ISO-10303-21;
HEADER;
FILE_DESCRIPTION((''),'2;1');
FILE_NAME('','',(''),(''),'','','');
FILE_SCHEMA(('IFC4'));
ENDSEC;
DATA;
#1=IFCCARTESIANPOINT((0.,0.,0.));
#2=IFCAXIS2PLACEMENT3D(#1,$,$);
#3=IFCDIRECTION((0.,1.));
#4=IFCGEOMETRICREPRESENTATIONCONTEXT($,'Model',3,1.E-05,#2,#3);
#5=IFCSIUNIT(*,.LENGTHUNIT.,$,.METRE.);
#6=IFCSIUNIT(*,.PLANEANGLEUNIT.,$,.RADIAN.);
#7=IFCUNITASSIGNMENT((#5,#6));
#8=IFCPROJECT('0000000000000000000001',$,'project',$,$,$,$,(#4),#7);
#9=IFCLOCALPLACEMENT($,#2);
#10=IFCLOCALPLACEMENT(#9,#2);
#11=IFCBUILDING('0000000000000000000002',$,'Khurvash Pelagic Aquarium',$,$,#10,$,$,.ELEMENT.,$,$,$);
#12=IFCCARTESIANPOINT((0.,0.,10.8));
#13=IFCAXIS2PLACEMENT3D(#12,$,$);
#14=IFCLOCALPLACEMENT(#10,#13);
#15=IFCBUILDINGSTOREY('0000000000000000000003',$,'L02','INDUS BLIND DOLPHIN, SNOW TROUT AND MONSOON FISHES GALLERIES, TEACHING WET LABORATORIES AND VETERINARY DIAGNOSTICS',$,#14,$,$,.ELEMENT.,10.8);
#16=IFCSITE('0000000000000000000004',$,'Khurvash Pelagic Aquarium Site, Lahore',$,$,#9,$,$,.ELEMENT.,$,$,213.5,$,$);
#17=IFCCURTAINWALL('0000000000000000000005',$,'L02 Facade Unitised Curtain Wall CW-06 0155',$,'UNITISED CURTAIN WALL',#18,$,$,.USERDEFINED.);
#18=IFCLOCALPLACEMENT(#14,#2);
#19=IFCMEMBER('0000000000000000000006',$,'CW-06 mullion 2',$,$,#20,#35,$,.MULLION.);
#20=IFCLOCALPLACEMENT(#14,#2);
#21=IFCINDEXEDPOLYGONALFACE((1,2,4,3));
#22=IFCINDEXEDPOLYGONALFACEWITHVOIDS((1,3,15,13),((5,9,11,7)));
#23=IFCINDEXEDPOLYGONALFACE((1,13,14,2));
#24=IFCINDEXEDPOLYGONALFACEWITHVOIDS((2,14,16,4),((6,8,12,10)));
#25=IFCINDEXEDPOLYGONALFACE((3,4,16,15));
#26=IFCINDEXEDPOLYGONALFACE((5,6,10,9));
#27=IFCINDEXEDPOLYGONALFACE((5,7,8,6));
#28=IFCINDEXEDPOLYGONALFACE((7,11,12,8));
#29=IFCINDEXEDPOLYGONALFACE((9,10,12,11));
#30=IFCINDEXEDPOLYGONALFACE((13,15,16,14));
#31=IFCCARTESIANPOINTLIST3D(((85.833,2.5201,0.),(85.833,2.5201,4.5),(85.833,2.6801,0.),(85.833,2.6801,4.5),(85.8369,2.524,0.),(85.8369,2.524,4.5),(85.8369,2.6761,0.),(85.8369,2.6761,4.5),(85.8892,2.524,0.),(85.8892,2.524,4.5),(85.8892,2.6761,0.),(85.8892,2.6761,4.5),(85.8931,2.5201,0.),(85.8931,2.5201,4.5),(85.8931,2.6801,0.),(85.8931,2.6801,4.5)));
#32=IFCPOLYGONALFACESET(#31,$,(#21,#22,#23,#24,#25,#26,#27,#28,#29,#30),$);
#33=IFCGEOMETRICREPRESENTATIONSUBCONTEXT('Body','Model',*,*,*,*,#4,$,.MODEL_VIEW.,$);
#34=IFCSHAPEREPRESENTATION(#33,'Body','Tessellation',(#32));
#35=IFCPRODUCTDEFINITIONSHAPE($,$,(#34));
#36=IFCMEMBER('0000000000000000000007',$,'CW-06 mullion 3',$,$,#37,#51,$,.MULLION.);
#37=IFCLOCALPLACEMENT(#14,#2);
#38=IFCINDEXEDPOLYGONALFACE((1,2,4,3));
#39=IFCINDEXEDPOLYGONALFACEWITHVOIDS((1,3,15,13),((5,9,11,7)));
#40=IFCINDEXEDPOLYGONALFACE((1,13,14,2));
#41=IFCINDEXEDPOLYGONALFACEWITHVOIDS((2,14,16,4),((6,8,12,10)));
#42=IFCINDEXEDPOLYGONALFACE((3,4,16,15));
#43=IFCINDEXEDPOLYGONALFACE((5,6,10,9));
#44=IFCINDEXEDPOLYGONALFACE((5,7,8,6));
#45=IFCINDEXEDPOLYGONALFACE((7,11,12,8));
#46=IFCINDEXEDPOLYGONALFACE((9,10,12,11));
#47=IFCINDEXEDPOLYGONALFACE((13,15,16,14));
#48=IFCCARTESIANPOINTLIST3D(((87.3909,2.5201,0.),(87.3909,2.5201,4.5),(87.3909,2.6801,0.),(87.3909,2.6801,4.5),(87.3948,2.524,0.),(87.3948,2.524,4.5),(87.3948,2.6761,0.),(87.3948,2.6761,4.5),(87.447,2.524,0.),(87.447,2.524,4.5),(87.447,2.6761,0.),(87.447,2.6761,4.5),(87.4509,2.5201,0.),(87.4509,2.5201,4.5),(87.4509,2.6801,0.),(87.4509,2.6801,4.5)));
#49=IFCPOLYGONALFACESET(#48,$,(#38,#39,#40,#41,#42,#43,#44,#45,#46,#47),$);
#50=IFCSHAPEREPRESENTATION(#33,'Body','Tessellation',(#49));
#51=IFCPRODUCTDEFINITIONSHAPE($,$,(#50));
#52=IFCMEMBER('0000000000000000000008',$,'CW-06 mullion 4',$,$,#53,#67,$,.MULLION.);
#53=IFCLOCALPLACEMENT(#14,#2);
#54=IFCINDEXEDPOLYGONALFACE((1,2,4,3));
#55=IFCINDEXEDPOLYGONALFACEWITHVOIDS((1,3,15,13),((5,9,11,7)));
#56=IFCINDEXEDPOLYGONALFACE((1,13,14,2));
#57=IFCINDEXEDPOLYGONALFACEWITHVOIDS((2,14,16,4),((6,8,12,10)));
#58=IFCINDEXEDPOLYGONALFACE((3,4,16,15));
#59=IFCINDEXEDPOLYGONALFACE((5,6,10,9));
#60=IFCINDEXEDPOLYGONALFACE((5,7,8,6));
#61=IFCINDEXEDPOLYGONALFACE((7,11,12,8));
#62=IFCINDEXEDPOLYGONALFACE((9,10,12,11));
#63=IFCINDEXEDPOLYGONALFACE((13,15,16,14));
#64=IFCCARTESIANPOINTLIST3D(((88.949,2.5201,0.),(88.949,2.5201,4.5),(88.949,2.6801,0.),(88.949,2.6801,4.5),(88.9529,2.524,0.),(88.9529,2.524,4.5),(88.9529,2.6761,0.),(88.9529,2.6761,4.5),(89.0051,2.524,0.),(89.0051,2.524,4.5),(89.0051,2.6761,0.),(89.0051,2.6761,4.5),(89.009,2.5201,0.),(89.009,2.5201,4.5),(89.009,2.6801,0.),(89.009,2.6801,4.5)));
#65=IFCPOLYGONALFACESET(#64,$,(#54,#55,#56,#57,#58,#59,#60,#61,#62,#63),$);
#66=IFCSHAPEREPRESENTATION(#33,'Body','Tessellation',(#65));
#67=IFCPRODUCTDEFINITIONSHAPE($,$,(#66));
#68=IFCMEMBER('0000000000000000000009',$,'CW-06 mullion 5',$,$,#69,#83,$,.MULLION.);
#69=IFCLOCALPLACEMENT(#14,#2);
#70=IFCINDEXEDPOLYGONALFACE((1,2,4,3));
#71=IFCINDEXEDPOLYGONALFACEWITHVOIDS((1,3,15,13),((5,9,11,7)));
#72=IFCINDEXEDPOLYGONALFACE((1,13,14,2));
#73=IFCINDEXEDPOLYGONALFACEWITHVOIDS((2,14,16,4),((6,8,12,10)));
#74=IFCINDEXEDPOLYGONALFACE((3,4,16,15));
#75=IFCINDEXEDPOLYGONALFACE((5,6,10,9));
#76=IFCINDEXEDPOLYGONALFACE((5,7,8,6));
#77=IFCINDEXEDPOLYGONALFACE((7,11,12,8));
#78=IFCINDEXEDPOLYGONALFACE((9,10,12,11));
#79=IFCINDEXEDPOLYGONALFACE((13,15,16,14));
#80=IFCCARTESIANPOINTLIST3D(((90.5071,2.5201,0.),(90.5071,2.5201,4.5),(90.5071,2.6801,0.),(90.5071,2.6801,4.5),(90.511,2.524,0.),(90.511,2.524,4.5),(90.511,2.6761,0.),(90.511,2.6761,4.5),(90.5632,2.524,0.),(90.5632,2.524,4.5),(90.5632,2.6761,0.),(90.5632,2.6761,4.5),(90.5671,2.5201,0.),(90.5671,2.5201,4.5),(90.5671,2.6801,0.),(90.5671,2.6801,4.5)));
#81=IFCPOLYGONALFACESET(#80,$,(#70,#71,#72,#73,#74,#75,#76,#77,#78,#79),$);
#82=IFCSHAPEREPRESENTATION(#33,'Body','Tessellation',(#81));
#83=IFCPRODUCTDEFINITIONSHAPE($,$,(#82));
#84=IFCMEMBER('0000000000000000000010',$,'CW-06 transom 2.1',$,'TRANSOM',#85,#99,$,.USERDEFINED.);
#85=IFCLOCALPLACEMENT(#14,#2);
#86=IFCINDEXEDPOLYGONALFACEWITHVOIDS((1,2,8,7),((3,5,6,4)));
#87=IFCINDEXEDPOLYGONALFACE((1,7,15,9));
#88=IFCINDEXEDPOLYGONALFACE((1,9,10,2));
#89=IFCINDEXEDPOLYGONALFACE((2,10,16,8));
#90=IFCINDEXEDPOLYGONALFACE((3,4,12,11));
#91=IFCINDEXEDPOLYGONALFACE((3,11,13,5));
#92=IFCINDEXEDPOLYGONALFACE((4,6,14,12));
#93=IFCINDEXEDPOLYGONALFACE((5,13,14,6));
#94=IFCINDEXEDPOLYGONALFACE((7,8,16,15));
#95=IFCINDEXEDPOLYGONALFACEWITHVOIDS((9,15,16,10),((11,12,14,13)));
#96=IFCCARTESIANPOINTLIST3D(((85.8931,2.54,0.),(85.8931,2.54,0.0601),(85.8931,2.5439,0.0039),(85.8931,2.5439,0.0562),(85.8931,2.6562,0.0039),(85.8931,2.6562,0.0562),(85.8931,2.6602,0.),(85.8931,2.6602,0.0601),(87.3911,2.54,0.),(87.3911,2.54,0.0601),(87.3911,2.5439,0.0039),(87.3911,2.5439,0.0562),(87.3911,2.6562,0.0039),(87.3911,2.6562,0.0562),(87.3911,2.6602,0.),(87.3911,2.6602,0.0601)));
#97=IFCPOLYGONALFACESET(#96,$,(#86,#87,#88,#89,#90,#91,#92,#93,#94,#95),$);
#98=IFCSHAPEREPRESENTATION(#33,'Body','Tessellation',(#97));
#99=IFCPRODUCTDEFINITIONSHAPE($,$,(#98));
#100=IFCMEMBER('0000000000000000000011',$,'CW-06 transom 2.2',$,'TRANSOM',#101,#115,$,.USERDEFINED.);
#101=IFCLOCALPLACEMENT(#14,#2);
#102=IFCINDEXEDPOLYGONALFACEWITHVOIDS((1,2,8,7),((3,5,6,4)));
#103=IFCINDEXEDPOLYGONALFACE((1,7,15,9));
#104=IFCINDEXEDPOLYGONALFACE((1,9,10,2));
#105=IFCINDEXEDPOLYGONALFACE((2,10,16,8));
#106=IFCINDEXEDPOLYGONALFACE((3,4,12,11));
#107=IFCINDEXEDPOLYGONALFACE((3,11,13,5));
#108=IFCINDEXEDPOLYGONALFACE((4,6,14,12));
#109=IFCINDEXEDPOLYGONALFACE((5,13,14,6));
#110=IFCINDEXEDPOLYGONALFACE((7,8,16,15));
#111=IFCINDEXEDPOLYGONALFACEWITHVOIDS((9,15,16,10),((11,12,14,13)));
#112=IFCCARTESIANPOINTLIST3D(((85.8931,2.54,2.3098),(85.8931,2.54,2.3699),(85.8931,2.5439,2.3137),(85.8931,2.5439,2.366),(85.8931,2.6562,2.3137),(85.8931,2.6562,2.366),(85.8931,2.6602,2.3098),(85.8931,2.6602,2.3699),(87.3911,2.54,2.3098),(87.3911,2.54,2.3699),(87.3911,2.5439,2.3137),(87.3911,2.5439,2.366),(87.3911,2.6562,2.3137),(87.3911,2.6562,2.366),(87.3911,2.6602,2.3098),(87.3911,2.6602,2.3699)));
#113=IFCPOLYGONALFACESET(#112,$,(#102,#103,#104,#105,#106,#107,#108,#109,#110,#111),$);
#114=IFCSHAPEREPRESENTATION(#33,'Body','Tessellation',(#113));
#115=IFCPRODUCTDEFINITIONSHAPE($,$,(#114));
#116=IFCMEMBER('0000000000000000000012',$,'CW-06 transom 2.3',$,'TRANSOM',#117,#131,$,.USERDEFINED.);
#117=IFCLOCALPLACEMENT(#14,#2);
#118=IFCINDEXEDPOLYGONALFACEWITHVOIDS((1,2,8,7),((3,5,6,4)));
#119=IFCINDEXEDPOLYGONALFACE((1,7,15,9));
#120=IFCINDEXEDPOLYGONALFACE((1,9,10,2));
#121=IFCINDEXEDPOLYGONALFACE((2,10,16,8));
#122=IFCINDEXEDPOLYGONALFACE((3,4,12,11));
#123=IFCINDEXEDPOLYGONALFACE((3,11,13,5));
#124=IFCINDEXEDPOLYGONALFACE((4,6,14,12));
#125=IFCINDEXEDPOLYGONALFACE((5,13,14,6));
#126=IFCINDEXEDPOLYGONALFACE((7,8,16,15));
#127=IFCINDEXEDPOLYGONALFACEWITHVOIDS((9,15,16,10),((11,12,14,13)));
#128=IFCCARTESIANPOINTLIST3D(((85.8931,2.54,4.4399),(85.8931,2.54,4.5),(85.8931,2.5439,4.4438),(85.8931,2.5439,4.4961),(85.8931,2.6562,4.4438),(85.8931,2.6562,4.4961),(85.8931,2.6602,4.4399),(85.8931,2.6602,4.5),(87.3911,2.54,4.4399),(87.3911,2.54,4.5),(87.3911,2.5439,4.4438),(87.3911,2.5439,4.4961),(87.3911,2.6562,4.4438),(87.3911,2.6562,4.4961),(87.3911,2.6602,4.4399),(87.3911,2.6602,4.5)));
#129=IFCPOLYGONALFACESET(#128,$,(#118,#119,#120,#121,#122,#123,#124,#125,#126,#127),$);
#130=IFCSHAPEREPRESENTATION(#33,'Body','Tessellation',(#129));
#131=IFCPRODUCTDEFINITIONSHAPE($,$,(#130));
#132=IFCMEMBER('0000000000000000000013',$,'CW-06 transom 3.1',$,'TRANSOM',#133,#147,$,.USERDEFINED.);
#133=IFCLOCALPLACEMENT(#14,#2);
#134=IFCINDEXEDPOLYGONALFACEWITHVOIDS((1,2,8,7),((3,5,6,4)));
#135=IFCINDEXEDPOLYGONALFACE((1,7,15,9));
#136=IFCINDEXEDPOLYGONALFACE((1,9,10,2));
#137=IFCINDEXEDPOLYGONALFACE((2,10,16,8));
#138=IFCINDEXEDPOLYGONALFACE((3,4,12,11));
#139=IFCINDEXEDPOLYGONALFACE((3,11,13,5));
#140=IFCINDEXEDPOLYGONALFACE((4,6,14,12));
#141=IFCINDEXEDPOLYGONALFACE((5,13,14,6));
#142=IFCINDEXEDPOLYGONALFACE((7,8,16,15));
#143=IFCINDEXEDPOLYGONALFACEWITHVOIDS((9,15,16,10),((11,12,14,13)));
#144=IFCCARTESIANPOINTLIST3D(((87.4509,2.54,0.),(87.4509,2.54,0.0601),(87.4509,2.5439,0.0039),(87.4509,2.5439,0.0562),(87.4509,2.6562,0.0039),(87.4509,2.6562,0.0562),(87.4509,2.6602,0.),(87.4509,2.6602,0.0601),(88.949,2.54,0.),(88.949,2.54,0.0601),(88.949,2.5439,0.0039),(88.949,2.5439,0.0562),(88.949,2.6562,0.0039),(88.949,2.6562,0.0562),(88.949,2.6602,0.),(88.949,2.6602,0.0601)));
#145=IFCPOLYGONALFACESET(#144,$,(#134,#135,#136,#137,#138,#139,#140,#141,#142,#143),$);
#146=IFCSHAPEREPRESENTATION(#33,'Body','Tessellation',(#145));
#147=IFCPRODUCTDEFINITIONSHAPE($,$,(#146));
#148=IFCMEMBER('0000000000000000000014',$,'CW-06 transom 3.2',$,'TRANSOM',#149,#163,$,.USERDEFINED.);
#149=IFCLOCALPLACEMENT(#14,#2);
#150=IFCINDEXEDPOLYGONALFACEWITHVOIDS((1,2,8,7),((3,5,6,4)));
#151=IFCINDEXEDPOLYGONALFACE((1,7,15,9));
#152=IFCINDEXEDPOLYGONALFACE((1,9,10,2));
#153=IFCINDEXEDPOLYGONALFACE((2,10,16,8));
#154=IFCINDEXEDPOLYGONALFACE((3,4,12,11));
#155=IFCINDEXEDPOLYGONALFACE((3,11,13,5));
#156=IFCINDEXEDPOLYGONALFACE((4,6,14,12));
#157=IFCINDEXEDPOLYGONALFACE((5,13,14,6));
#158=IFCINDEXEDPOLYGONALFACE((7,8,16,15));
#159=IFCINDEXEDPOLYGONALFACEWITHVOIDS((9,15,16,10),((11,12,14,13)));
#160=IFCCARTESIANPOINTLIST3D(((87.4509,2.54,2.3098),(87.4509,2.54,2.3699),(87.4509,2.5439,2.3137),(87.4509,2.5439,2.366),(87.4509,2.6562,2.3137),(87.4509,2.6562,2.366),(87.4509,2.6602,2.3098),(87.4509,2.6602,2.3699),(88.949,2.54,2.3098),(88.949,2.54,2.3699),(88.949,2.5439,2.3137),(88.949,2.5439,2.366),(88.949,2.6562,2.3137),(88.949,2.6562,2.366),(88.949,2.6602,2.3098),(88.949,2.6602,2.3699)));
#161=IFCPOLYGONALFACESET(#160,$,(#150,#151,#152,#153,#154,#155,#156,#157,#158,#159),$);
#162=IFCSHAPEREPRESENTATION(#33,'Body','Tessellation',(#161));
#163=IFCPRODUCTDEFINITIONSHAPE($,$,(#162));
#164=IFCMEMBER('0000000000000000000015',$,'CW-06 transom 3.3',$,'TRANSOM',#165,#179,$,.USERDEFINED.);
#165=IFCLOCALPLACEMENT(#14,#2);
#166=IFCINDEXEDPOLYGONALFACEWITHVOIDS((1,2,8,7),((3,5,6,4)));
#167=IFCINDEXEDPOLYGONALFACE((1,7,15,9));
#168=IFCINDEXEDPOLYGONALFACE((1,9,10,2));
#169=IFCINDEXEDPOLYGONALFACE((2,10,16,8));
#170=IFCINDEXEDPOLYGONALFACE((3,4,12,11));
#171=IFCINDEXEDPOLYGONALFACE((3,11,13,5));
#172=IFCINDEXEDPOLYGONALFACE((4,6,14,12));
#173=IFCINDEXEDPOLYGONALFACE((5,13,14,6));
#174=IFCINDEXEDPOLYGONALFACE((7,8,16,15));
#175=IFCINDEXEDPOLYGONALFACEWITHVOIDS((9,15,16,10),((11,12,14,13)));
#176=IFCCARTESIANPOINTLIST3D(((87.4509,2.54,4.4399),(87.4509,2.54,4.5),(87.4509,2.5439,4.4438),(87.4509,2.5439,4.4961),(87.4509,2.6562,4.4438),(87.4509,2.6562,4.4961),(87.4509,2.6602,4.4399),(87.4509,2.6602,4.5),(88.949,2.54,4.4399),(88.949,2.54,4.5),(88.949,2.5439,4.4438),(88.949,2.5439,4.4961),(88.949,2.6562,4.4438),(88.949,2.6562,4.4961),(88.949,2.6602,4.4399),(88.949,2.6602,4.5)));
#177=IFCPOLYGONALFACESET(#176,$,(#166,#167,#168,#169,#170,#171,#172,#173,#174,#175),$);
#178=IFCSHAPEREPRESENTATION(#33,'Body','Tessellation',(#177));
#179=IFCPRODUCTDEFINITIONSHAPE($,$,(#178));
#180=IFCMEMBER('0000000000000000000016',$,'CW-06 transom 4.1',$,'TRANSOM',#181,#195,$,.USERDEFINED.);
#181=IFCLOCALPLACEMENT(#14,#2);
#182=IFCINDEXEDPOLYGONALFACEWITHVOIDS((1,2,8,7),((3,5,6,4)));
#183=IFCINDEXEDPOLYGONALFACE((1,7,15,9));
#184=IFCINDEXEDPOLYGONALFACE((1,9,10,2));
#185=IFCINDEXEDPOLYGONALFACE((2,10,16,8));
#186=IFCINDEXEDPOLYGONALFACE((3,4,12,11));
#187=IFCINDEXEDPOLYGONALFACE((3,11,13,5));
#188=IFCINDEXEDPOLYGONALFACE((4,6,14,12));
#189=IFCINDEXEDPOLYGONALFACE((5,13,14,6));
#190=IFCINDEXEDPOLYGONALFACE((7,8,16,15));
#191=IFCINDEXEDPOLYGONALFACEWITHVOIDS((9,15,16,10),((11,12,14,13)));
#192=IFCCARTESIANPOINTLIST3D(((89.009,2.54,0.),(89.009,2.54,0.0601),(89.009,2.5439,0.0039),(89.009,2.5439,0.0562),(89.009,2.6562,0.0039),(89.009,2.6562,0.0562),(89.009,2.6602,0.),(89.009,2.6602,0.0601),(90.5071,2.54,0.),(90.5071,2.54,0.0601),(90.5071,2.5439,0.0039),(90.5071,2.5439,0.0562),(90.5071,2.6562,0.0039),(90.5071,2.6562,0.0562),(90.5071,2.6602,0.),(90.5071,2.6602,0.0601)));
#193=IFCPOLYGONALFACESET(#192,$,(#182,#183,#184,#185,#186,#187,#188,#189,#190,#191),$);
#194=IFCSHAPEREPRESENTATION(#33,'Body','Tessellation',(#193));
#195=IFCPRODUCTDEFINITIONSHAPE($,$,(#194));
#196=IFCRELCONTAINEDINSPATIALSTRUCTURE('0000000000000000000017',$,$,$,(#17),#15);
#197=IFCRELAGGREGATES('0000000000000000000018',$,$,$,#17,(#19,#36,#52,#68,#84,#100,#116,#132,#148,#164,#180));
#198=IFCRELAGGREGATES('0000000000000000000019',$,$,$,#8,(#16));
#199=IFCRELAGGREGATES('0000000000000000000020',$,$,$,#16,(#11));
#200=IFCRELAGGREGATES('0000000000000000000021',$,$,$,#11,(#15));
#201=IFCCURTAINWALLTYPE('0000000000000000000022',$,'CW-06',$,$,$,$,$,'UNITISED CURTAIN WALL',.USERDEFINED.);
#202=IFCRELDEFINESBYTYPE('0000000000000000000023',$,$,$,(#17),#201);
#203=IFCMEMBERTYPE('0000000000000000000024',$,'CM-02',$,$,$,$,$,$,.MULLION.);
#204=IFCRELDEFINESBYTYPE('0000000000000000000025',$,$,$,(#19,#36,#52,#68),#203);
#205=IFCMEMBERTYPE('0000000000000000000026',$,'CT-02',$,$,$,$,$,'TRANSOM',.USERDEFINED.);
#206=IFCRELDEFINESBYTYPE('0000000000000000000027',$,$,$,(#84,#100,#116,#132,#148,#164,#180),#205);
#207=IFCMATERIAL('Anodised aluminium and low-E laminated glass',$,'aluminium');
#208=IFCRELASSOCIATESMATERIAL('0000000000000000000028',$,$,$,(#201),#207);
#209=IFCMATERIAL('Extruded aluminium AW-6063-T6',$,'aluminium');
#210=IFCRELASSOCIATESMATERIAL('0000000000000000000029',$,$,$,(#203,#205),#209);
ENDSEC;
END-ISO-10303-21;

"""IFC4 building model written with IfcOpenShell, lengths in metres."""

from ifc_helpers import new_model, si_unit, direction, frame, origin, origin_2d, place, context, subcontext, project, spatial, hollow_rectangle, extrude, material, material_profile, profile_set, type_object, element, aggregate, save


model = new_model("IFC4")

# Units and contexts
model_context = context("Model", 3, precision=1e-05, world=origin(), true_north=direction((0.0, 1.0)))
body_context = subcontext(model_context, "Body", "Model", "MODEL_VIEW")
ifc_project = project(units=[si_unit("LENGTHUNIT", "METRE"), si_unit("PLANEANGLEUNIT", "RADIAN")], contexts=[model_context])

# Site, building, storey
site_placement = place(None, origin())
site = spatial("IfcSite", under=ifc_project, at=site_placement, Name="Khurvash Pelagic Aquarium Site, Lahore", CompositionType="ELEMENT", RefElevation=213.5)
building_placement = place(site_placement, origin())
building = spatial("IfcBuilding", under=site, at=building_placement, Name="Khurvash Pelagic Aquarium", CompositionType="ELEMENT")
storey_placement = place(building_placement, frame((0.0, 0.0, 10.8)))
storey = spatial("IfcBuildingStorey", under=building, at=storey_placement, Name="L02", Description="INDUS BLIND DOLPHIN, SNOW TROUT AND MONSOON FISHES GALLERIES, TEACHING WET LABORATORIES AND VETERINARY DIAGNOSTICS", CompositionType="ELEMENT", Elevation=10.8)

# Curtain wall, members
ifc_material_1 = material(Name="Anodised aluminium and low-E laminated glass", Category="aluminium")
curtain_wall_type = type_object("IfcCurtainWallType", Name="CW-06", ElementType="UNITISED CURTAIN WALL", PredefinedType="USERDEFINED", material=ifc_material_1)
curtain_wall_placement = place(storey_placement, origin())
curtain_wall = element("IfcCurtainWall", 1, at=curtain_wall_placement, inside=storey, type_object=curtain_wall_type, Name="L02 Facade Unitised Curtain Wall CW-06 0155", ObjectType="UNITISED CURTAIN WALL", PredefinedType="USERDEFINED")
ifc_material_2 = material(Name="Extruded aluminium AW-6063-T6", Category="aluminium")
ifc_material_profile_1 = material_profile(ifc_material_2, hollow_rectangle(XDim=0.0601, YDim=0.1599, WallThickness=0.0039, at=origin_2d()), Name="CWM60X160X4")
ifc_profile_set_1 = profile_set([ifc_material_profile_1], Name="Extruded aluminium AW-6063-T6")
member_type_1 = type_object("IfcMemberType", Name="CM-02", PredefinedType="MULLION", material=ifc_profile_set_1)
member_1_placement = place(storey_placement, frame((85.863, 2.6001, 0.0), z_axis=(0.0, 0.0, 1.0), x_axis=(1.0, 0.0, 0.0)))
member_1 = element("IfcMember", 2, at=member_1_placement, type_object=member_type_1, Name="CW-06 mullion 2", PredefinedType="MULLION", context=body_context, shape_type="SweptSolid", body=[
    extrude(hollow_rectangle(XDim=0.0601, YDim=0.1599, WallThickness=0.0039, at=origin_2d()), origin(), (0.0, 0.0, 1.0), 4.5),
])
member_2_placement = place(storey_placement, frame((87.4209, 2.6001, 0.0), z_axis=(0.0, 0.0, 1.0), x_axis=(1.0, 0.0, 0.0)))
member_2 = element("IfcMember", 3, at=member_2_placement, type_object=member_type_1, Name="CW-06 mullion 3", PredefinedType="MULLION", context=body_context, shape_type="SweptSolid", body=[
    extrude(hollow_rectangle(XDim=0.0601, YDim=0.1599, WallThickness=0.0039, at=origin_2d()), origin(), (0.0, 0.0, 1.0), 4.5),
])
member_3_placement = place(storey_placement, frame((88.979, 2.6001, 0.0), z_axis=(0.0, 0.0, 1.0), x_axis=(1.0, 0.0, 0.0)))
member_3 = element("IfcMember", 4, at=member_3_placement, type_object=member_type_1, Name="CW-06 mullion 4", PredefinedType="MULLION", context=body_context, shape_type="SweptSolid", body=[
    extrude(hollow_rectangle(XDim=0.0601, YDim=0.1599, WallThickness=0.0039, at=origin_2d()), origin(), (0.0, 0.0, 1.0), 4.5),
])
member_4_placement = place(storey_placement, frame((90.5371, 2.6001, 0.0), z_axis=(0.0, 0.0, 1.0), x_axis=(1.0, 0.0, 0.0)))
member_4 = element("IfcMember", 5, at=member_4_placement, type_object=member_type_1, Name="CW-06 mullion 5", PredefinedType="MULLION", context=body_context, shape_type="SweptSolid", body=[
    extrude(hollow_rectangle(XDim=0.0601, YDim=0.1599, WallThickness=0.0039, at=origin_2d()), origin(), (0.0, 0.0, 1.0), 4.5),
])
ifc_material_profile_2 = material_profile(ifc_material_2, hollow_rectangle(XDim=0.1201, YDim=0.0601, WallThickness=0.0039, at=origin_2d()), Name="CWT120X60X4")
ifc_profile_set_2 = profile_set([ifc_material_profile_2], Name="Extruded aluminium AW-6063-T6")
member_type_2 = type_object("IfcMemberType", Name="CT-02", ElementType="TRANSOM", PredefinedType="USERDEFINED", material=ifc_profile_set_2)
member_5_placement = place(storey_placement, frame((85.8931, 2.6001, 0.03), z_axis=(1.0, 0.0, 0.0), x_axis=(0.0, 1.0, 0.0)))
member_5 = element("IfcMember", 6, at=member_5_placement, type_object=member_type_2, Name="CW-06 transom 2.1", ObjectType="TRANSOM", PredefinedType="USERDEFINED", context=body_context, shape_type="SweptSolid", body=[
    extrude(hollow_rectangle(XDim=0.1201, YDim=0.0601, WallThickness=0.0039, at=origin_2d()), origin(), (0.0, 0.0, 1.0), 1.498),
])
member_6_placement = place(storey_placement, frame((85.8931, 2.6001, 2.3398), z_axis=(1.0, 0.0, 0.0), x_axis=(0.0, 1.0, 0.0)))
member_6 = element("IfcMember", 7, at=member_6_placement, type_object=member_type_2, Name="CW-06 transom 2.2", ObjectType="TRANSOM", PredefinedType="USERDEFINED", context=body_context, shape_type="SweptSolid", body=[
    extrude(hollow_rectangle(XDim=0.1201, YDim=0.0601, WallThickness=0.0039, at=origin_2d()), origin(), (0.0, 0.0, 1.0), 1.498),
])
member_7_placement = place(storey_placement, frame((85.8931, 2.6001, 4.47), z_axis=(1.0, 0.0, 0.0), x_axis=(0.0, 1.0, 0.0)))
member_7 = element("IfcMember", 8, at=member_7_placement, type_object=member_type_2, Name="CW-06 transom 2.3", ObjectType="TRANSOM", PredefinedType="USERDEFINED", context=body_context, shape_type="SweptSolid", body=[
    extrude(hollow_rectangle(XDim=0.1201, YDim=0.0601, WallThickness=0.0039, at=origin_2d()), origin(), (0.0, 0.0, 1.0), 1.498),
])
member_8_placement = place(storey_placement, frame((87.4509, 2.6001, 0.03), z_axis=(1.0, 0.0, 0.0), x_axis=(0.0, 1.0, 0.0)))
member_8 = element("IfcMember", 9, at=member_8_placement, type_object=member_type_2, Name="CW-06 transom 3.1", ObjectType="TRANSOM", PredefinedType="USERDEFINED", context=body_context, shape_type="SweptSolid", body=[
    extrude(hollow_rectangle(XDim=0.1201, YDim=0.0601, WallThickness=0.0039, at=origin_2d()), origin(), (0.0, 0.0, 1.0), 1.498),
])
member_9_placement = place(storey_placement, frame((87.4509, 2.6001, 2.3398), z_axis=(1.0, 0.0, 0.0), x_axis=(0.0, 1.0, 0.0)))
member_9 = element("IfcMember", 10, at=member_9_placement, type_object=member_type_2, Name="CW-06 transom 3.2", ObjectType="TRANSOM", PredefinedType="USERDEFINED", context=body_context, shape_type="SweptSolid", body=[
    extrude(hollow_rectangle(XDim=0.1201, YDim=0.0601, WallThickness=0.0039, at=origin_2d()), origin(), (0.0, 0.0, 1.0), 1.498),
])
member_10_placement = place(storey_placement, frame((87.4509, 2.6001, 4.47), z_axis=(1.0, 0.0, 0.0), x_axis=(0.0, 1.0, 0.0)))
member_10 = element("IfcMember", 11, at=member_10_placement, type_object=member_type_2, Name="CW-06 transom 3.3", ObjectType="TRANSOM", PredefinedType="USERDEFINED", context=body_context, shape_type="SweptSolid", body=[
    extrude(hollow_rectangle(XDim=0.1201, YDim=0.0601, WallThickness=0.0039, at=origin_2d()), origin(), (0.0, 0.0, 1.0), 1.498),
])
member_11_placement = place(storey_placement, frame((89.009, 2.6001, 0.03), z_axis=(1.0, 0.0, 0.0), x_axis=(0.0, 1.0, 0.0)))
member_11 = element("IfcMember", 12, at=member_11_placement, type_object=member_type_2, Name="CW-06 transom 4.1", ObjectType="TRANSOM", PredefinedType="USERDEFINED", context=body_context, shape_type="SweptSolid", body=[
    extrude(hollow_rectangle(XDim=0.1201, YDim=0.0601, WallThickness=0.0039, at=origin_2d()), origin(), (0.0, 0.0, 1.0), 1.498),
])
aggregate(curtain_wall, [member_1, member_2, member_3, member_4, member_5, member_6, member_7, member_8, member_9, member_10, member_11])

save(model, "model.ifc")
